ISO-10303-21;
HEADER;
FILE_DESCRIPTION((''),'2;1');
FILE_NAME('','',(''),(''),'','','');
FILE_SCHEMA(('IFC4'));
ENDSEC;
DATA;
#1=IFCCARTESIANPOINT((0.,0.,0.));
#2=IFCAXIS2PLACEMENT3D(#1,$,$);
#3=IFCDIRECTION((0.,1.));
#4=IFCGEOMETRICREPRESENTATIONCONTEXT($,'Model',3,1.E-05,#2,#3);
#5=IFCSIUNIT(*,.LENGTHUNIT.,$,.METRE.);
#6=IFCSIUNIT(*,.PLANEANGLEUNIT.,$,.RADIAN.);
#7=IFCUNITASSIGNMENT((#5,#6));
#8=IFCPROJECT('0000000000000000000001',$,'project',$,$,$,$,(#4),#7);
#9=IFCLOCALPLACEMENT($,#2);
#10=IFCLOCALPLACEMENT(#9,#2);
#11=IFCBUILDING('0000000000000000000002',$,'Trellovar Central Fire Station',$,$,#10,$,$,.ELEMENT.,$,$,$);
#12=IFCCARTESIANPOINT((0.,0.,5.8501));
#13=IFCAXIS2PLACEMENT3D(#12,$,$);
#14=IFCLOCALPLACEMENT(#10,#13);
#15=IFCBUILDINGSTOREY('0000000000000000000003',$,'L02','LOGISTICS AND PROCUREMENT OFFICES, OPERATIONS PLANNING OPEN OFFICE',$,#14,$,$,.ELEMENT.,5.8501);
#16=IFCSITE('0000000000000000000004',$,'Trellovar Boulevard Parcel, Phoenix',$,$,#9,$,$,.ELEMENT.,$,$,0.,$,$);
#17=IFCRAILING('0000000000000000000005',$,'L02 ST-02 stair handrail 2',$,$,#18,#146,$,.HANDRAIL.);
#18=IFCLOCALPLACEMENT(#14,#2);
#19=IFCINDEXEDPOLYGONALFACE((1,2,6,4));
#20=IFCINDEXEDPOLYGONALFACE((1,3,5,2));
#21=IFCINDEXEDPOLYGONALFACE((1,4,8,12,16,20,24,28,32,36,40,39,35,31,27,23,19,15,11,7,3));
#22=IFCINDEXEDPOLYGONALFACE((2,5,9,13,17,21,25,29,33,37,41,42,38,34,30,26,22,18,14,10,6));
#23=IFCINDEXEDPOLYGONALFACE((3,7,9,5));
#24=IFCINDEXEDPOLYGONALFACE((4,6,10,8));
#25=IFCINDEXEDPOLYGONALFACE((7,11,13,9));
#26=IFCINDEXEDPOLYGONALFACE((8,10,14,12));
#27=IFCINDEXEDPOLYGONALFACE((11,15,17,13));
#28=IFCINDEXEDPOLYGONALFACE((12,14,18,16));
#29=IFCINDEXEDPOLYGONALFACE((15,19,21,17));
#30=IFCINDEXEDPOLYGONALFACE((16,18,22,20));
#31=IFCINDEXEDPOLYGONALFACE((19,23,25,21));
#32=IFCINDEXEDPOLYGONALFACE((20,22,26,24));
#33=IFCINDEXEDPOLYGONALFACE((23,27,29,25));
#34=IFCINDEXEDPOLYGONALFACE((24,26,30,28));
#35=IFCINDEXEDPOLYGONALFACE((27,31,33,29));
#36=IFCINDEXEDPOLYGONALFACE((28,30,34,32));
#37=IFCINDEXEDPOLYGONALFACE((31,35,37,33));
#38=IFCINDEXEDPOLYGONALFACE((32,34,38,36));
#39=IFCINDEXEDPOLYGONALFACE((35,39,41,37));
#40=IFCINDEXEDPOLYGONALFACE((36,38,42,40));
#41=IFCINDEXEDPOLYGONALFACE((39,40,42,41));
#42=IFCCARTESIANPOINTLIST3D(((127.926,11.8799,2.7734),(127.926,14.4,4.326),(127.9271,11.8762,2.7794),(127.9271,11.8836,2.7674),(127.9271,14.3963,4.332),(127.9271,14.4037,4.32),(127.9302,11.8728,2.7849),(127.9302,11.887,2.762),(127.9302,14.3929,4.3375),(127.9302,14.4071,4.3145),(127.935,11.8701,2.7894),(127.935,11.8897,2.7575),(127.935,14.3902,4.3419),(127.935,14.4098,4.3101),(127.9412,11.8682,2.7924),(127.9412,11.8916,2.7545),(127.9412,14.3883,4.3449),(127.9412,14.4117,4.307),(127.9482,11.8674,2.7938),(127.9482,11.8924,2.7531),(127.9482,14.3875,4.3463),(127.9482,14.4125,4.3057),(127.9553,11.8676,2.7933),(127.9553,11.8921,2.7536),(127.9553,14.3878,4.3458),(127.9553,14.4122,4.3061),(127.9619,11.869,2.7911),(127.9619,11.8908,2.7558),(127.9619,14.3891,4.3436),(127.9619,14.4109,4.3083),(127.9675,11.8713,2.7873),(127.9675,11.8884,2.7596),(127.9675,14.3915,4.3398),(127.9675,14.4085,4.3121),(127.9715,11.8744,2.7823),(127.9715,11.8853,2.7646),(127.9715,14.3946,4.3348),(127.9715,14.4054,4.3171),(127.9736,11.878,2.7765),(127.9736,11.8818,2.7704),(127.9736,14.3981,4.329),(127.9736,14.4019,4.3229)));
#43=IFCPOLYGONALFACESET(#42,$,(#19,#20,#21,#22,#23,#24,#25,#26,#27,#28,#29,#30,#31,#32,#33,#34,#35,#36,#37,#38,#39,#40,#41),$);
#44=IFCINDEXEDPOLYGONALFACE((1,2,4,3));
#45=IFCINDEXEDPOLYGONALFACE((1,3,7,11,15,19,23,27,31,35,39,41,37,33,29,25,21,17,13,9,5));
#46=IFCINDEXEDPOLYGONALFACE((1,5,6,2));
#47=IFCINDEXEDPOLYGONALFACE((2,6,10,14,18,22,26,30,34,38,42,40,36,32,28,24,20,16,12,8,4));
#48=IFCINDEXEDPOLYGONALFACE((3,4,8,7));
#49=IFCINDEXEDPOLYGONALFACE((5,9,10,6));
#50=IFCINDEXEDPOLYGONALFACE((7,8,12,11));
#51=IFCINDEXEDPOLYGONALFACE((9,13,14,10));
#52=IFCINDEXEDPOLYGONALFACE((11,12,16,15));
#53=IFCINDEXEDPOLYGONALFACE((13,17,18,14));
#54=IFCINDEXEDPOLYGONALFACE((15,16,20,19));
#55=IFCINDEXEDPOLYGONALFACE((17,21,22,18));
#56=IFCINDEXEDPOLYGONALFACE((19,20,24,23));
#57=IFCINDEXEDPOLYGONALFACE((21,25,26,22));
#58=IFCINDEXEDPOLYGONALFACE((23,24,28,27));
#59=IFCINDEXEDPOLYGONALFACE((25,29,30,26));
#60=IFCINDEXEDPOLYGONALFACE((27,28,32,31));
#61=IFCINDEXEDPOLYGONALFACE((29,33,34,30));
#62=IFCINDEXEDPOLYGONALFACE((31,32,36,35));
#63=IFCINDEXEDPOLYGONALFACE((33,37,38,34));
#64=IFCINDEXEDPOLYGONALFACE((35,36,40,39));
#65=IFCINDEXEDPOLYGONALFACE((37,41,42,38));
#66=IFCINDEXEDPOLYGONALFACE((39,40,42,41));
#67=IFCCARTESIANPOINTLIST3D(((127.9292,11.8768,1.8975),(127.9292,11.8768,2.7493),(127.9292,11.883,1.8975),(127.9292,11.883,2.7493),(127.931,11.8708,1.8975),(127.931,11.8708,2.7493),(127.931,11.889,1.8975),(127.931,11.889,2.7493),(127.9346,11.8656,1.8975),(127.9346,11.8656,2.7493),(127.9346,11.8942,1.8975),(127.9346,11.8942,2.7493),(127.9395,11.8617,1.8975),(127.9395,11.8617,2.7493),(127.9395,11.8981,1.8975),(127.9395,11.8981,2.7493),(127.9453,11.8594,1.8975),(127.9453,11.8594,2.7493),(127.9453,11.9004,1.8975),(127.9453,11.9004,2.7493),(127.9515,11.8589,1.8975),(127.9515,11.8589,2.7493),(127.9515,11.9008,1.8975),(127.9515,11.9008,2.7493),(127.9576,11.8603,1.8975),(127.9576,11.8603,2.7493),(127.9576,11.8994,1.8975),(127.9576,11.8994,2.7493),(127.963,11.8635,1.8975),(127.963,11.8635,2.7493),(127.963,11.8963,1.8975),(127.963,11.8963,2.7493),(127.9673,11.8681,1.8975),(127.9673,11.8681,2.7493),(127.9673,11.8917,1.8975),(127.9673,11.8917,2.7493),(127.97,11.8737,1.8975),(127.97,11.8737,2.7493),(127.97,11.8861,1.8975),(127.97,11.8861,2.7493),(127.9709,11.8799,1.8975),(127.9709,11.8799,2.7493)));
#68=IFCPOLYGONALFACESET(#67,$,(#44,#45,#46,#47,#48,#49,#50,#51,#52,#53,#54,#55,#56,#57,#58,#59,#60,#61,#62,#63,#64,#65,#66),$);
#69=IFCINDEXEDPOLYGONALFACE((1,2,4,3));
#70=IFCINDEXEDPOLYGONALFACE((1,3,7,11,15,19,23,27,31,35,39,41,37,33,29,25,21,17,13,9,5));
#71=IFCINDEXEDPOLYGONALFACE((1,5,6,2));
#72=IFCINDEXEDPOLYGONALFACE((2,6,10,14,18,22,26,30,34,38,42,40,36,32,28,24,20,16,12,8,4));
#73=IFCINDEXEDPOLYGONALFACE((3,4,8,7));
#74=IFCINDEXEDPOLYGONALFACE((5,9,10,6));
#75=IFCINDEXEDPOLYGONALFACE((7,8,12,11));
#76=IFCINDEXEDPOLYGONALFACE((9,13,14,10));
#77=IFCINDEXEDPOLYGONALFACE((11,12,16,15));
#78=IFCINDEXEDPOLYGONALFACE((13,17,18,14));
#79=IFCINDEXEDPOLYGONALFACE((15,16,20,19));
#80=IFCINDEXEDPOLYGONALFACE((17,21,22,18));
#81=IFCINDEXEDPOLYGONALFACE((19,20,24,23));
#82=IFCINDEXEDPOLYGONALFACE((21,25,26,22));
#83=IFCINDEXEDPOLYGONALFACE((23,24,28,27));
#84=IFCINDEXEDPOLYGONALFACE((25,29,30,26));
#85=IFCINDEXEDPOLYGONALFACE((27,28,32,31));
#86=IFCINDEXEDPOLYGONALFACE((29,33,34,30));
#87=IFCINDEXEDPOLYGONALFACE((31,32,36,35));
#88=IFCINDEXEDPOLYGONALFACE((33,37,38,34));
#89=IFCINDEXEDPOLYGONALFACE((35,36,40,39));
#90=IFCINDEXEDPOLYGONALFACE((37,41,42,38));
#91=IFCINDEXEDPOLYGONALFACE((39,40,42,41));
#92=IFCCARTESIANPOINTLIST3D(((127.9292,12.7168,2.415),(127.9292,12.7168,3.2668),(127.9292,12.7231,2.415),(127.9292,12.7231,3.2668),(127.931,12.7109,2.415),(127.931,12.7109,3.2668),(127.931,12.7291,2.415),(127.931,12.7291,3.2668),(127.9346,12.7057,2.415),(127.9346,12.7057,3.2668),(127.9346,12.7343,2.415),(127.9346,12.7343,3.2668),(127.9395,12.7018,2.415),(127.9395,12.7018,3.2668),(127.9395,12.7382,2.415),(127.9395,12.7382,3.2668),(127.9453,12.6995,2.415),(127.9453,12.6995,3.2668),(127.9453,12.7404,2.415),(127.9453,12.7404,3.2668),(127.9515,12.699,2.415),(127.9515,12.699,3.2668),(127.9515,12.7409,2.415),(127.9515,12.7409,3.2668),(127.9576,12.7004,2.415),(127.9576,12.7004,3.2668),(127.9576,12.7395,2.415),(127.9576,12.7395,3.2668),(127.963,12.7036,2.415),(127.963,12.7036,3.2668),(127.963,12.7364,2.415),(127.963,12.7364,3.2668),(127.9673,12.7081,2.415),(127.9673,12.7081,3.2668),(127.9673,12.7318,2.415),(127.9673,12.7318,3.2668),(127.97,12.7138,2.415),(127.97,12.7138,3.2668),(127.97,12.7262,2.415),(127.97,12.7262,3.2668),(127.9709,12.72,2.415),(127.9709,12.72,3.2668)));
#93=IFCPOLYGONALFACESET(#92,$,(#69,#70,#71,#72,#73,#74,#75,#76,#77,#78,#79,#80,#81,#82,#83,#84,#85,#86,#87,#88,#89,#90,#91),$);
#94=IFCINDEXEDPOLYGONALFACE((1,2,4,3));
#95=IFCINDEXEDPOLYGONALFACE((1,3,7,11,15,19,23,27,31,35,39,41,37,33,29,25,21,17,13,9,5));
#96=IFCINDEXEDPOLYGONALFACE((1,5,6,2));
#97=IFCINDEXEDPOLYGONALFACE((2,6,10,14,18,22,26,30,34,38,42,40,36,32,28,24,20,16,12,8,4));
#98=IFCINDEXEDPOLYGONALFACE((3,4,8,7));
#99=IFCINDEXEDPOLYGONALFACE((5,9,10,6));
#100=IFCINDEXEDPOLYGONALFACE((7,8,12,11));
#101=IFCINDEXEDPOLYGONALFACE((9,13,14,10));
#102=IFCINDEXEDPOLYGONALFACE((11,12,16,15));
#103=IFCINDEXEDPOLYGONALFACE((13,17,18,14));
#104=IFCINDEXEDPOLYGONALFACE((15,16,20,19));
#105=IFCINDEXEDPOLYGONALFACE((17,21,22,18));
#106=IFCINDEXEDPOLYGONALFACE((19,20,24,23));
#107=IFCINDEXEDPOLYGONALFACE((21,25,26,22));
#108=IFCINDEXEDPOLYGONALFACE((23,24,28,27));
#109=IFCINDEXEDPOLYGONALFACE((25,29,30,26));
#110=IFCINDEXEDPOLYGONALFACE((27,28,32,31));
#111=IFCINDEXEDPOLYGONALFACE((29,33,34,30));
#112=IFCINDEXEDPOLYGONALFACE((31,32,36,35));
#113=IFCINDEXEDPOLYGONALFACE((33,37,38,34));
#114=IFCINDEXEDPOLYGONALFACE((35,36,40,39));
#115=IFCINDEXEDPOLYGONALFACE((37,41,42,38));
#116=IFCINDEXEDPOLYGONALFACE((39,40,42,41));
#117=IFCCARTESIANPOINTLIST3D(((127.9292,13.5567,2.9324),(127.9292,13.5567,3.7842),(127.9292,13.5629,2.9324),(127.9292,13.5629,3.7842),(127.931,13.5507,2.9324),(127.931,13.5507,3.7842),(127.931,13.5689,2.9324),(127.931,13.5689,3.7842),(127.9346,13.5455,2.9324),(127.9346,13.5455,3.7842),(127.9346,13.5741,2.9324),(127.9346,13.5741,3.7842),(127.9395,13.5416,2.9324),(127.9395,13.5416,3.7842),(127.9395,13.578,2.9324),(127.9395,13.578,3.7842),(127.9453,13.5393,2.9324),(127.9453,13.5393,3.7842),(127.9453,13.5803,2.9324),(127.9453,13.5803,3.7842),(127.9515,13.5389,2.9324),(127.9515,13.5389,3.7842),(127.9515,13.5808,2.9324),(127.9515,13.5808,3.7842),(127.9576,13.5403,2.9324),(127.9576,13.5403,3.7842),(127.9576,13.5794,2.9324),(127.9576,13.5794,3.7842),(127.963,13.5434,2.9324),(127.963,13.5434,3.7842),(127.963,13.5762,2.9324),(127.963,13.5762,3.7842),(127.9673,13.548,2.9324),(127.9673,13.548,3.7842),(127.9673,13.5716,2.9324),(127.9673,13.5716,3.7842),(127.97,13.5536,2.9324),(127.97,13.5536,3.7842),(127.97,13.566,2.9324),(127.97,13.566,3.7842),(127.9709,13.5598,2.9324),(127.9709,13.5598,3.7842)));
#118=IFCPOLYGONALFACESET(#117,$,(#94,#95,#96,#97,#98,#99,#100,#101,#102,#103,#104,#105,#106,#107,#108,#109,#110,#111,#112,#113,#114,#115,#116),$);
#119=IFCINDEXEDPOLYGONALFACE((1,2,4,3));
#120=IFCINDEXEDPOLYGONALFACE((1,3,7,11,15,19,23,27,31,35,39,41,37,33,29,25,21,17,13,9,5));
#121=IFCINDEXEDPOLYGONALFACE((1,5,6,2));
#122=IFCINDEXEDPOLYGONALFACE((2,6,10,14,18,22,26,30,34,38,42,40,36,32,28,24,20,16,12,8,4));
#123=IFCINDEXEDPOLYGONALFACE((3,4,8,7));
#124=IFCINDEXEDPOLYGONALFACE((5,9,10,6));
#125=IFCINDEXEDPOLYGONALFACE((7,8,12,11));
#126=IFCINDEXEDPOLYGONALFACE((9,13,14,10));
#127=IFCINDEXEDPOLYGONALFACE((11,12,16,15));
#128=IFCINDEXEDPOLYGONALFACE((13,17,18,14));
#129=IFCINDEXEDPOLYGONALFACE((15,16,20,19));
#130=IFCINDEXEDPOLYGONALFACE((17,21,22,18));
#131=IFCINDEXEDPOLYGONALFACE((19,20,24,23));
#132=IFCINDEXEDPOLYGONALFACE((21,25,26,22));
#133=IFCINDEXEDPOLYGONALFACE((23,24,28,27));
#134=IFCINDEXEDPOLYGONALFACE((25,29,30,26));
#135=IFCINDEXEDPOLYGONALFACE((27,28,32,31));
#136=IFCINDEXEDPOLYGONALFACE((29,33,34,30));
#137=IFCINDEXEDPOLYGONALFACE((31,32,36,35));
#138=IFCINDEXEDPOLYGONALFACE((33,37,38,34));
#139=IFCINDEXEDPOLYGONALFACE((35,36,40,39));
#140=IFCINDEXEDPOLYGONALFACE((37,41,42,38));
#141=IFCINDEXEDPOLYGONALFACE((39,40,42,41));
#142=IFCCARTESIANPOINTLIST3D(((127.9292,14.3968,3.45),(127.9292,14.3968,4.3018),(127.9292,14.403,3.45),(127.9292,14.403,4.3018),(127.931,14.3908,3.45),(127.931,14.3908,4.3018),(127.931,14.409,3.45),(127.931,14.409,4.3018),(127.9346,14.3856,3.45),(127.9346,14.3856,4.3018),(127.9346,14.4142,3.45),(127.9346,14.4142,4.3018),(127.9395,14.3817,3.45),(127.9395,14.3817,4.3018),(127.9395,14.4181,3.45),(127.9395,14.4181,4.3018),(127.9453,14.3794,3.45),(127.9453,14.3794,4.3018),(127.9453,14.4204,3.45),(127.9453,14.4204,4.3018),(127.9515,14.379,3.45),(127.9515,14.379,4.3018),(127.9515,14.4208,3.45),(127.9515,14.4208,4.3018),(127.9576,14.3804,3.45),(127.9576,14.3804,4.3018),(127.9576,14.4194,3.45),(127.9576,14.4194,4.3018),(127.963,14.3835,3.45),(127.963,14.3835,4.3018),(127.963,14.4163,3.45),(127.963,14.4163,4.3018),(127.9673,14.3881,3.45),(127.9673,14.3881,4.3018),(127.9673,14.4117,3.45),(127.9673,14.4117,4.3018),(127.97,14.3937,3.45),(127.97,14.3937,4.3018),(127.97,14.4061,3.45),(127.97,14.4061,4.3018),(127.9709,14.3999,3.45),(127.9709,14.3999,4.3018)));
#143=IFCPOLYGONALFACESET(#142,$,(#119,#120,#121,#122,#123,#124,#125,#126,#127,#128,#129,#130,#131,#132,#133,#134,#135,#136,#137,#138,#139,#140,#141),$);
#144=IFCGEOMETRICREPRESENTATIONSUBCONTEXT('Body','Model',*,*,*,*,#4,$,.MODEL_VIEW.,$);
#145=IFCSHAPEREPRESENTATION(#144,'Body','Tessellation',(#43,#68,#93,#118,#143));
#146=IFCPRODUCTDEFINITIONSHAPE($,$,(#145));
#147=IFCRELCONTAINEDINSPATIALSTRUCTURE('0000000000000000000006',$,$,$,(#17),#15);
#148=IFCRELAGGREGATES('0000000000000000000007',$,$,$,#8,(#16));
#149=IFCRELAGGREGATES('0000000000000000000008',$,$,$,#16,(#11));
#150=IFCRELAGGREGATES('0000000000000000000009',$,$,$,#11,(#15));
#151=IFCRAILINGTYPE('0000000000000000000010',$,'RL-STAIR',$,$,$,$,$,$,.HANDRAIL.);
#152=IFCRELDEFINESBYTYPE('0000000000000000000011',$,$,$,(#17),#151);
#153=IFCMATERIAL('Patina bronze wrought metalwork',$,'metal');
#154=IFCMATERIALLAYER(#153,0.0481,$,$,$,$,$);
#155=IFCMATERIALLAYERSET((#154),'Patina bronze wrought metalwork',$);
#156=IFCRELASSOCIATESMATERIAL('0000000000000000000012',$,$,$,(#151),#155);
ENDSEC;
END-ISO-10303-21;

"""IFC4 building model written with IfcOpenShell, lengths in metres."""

from ifc_helpers import new_model, si_unit, direction, frame, origin, origin_2d, place, context, subcontext, project, spatial, circle, extrude, material, layer, layer_set, type_object, element, save


model = new_model("IFC4")

# Units and contexts
model_context = context("Model", 3, precision=1e-05, world=origin(), true_north=direction((0.0, 1.0)))
body_context = subcontext(model_context, "Body", "Model", "MODEL_VIEW")
ifc_project = project(units=[si_unit("LENGTHUNIT", "METRE"), si_unit("PLANEANGLEUNIT", "RADIAN")], contexts=[model_context])

# Site, building, storey
site_placement = place(None, origin())
site = spatial("IfcSite", under=ifc_project, at=site_placement, Name="Trellovar Boulevard Parcel, Phoenix", CompositionType="ELEMENT", RefElevation=0.0)
building_placement = place(site_placement, origin())
building = spatial("IfcBuilding", under=site, at=building_placement, Name="Trellovar Central Fire Station", CompositionType="ELEMENT")
storey_placement = place(building_placement, frame((0.0, 0.0, 5.8501)))
storey = spatial("IfcBuildingStorey", under=building, at=storey_placement, Name="L02", Description="LOGISTICS AND PROCUREMENT OFFICES, OPERATIONS PLANNING OPEN OFFICE", CompositionType="ELEMENT", Elevation=5.8501)

# Railing
ifc_material_1 = material(Name="Patina bronze wrought metalwork", Category="metal")
ifc_layer_1 = layer(ifc_material_1, 0.0481)
ifc_layer_set_1 = layer_set([ifc_layer_1], Name="Patina bronze wrought metalwork")
railing_type_1 = type_object("IfcRailingType", Name="RL-STAIR", PredefinedType="HANDRAIL", material=ifc_layer_set_1)
railing_1_placement = place(storey_placement, frame((127.95, 11.8799, 1.8975)))
element("IfcRailing", 1, at=railing_1_placement, inside=storey, type_object=railing_type_1, Name="L02 ST-02 stair handrail 2", PredefinedType="HANDRAIL", context=body_context, shape_type="SweptSolid", body=[
    extrude(circle(Radius=0.0239, at=origin_2d()), frame((0.0, 0.0, 0.876), z_axis=(0.0, 0.8514, 0.524516), x_axis=(-1.0, 0.0, 0.0)), (0.0, 0.0, 1.0), 2.96),
    extrude(circle(Radius=0.021, at=origin_2d()), origin(), (0.0, 0.0, 1.0), 0.8518),
    extrude(circle(Radius=0.021, at=origin_2d()), frame((0.0, 0.8401, 0.5176)), (0.0, 0.0, 1.0), 0.8518),
    extrude(circle(Radius=0.021, at=origin_2d()), frame((0.0, 1.6799, 1.0349)), (0.0, 0.0, 1.0), 0.8518),
    extrude(circle(Radius=0.021, at=origin_2d()), frame((0.0, 2.52, 1.5525)), (0.0, 0.0, 1.0), 0.8518),
])

save(model, "model.ifc")
